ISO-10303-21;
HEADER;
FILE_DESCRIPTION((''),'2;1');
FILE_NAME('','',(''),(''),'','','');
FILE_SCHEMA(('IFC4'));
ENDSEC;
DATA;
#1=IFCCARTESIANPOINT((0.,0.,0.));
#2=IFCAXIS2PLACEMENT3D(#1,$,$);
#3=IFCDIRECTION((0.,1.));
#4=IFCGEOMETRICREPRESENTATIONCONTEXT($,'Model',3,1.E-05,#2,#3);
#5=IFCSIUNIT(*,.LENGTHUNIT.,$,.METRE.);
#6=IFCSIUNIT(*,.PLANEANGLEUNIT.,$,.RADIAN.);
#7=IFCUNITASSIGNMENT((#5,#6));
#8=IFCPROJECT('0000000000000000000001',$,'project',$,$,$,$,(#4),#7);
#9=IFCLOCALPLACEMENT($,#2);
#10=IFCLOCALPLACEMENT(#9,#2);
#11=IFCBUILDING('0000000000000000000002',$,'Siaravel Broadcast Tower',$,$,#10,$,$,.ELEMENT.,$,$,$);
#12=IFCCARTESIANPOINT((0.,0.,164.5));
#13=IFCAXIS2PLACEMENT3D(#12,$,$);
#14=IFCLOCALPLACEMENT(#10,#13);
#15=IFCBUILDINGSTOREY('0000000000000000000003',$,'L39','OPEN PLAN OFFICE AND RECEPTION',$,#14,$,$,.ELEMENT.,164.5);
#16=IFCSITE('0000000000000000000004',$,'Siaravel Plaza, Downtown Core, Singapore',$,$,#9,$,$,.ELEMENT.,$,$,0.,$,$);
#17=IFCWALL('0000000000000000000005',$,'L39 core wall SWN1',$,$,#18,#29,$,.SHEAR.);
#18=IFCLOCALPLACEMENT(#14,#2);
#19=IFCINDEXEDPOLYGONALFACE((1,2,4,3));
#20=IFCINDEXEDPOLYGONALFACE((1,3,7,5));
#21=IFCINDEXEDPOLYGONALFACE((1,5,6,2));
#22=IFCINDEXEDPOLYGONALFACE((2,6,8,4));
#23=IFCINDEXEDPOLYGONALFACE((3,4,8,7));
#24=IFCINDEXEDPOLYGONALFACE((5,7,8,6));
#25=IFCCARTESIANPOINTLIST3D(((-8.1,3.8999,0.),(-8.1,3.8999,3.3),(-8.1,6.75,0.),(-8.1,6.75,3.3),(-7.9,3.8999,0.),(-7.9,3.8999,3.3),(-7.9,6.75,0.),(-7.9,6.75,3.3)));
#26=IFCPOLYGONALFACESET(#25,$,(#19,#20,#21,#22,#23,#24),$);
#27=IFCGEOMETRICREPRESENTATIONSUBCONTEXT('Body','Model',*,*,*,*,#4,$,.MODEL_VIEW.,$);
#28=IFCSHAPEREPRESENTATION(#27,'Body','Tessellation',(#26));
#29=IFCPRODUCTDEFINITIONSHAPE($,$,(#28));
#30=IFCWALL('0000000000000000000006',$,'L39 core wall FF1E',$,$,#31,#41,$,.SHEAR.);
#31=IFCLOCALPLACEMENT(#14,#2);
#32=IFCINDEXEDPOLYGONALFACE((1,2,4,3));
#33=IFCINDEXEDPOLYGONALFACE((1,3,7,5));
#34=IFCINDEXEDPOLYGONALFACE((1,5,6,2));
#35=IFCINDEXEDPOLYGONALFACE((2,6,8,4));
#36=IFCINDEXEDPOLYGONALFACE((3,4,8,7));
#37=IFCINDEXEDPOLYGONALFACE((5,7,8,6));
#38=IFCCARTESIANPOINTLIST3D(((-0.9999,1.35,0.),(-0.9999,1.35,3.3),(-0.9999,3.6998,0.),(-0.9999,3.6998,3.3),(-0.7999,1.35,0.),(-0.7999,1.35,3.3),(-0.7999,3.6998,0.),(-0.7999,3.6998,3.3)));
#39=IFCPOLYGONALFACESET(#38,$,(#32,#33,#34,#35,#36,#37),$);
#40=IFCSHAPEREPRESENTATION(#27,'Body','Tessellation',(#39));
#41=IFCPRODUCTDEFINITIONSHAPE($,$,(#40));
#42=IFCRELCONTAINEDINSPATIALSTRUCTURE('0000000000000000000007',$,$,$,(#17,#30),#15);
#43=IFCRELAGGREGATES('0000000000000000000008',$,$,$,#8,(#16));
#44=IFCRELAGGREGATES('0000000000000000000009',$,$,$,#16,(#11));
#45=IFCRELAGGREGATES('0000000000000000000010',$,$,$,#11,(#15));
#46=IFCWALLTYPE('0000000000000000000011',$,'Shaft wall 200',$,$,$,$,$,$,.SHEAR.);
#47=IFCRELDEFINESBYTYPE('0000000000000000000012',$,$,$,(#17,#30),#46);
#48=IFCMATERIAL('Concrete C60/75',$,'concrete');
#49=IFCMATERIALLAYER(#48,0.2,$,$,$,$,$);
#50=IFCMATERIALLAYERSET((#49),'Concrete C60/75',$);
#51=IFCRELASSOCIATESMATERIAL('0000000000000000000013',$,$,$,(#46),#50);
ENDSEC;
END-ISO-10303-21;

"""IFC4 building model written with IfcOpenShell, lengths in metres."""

from ifc_helpers import new_model, si_unit, direction, frame, frame_2d, origin, place, context, subcontext, project, spatial, rectangle, extrude, material, layer, layer_set, type_object, element, save


model = new_model("IFC4")

# Units and contexts
model_context = context("Model", 3, precision=1e-05, world=origin(), true_north=direction((0.0, 1.0)))
body_context = subcontext(model_context, "Body", "Model", "MODEL_VIEW")
ifc_project = project(units=[si_unit("LENGTHUNIT", "METRE"), si_unit("PLANEANGLEUNIT", "RADIAN")], contexts=[model_context])

# Site, building, storey
site_placement = place(None, origin())
site = spatial("IfcSite", under=ifc_project, at=site_placement, Name="Siaravel Plaza, Downtown Core, Singapore", CompositionType="ELEMENT", RefElevation=0.0)
building_placement = place(site_placement, origin())
building = spatial("IfcBuilding", under=site, at=building_placement, Name="Siaravel Broadcast Tower", CompositionType="ELEMENT")
storey_placement = place(building_placement, frame((0.0, 0.0, 164.5)))
storey = spatial("IfcBuildingStorey", under=building, at=storey_placement, Name="L39", Description="OPEN PLAN OFFICE AND RECEPTION", CompositionType="ELEMENT", Elevation=164.5)

# Shared definitions
ifc_material_1 = material(Name="Concrete C60/75", Category="concrete")

# Walls
ifc_layer_1 = layer(ifc_material_1, 0.2)
ifc_layer_set_1 = layer_set([ifc_layer_1], Name="Concrete C60/75")
wall_type_1 = type_object("IfcWallType", Name="Shaft wall 200", PredefinedType="SHEAR", material=ifc_layer_set_1)
for number, where, z_axis, x_axis, name in (
    (1, (-8.0, 3.8999, 0.0), (0.0, 0.0, 1.0), (0.0, 1.0, 0.0), "L39 core wall SWN1"),
):
    element("IfcWall", number, at=place(storey_placement, frame(where, z_axis=z_axis, x_axis=x_axis)), inside=storey, type_object=wall_type_1, Name=name, PredefinedType="SHEAR", context=body_context, shape_type="SweptSolid", body=[
        extrude(rectangle(XDim=2.8501, YDim=0.2, at=frame_2d((1.425, 0.0))), origin(), (0.0, 0.0, 1.0), 3.3),
    ])
wall_1_placement = place(storey_placement, frame((-0.8999, 1.3501, 0.0), z_axis=(0.0, 0.0, 1.0), x_axis=(0.0, 1.0, 0.0)))
element("IfcWall", 2, at=wall_1_placement, inside=storey, type_object=wall_type_1, Name="L39 core wall FF1E", PredefinedType="SHEAR", context=body_context, shape_type="SweptSolid", body=[
    extrude(rectangle(XDim=2.3499, YDim=0.2, at=frame_2d((1.1748, 0.0))), origin(), (0.0, 0.0, 1.0), 3.3),
])

save(model, "model.ifc")
